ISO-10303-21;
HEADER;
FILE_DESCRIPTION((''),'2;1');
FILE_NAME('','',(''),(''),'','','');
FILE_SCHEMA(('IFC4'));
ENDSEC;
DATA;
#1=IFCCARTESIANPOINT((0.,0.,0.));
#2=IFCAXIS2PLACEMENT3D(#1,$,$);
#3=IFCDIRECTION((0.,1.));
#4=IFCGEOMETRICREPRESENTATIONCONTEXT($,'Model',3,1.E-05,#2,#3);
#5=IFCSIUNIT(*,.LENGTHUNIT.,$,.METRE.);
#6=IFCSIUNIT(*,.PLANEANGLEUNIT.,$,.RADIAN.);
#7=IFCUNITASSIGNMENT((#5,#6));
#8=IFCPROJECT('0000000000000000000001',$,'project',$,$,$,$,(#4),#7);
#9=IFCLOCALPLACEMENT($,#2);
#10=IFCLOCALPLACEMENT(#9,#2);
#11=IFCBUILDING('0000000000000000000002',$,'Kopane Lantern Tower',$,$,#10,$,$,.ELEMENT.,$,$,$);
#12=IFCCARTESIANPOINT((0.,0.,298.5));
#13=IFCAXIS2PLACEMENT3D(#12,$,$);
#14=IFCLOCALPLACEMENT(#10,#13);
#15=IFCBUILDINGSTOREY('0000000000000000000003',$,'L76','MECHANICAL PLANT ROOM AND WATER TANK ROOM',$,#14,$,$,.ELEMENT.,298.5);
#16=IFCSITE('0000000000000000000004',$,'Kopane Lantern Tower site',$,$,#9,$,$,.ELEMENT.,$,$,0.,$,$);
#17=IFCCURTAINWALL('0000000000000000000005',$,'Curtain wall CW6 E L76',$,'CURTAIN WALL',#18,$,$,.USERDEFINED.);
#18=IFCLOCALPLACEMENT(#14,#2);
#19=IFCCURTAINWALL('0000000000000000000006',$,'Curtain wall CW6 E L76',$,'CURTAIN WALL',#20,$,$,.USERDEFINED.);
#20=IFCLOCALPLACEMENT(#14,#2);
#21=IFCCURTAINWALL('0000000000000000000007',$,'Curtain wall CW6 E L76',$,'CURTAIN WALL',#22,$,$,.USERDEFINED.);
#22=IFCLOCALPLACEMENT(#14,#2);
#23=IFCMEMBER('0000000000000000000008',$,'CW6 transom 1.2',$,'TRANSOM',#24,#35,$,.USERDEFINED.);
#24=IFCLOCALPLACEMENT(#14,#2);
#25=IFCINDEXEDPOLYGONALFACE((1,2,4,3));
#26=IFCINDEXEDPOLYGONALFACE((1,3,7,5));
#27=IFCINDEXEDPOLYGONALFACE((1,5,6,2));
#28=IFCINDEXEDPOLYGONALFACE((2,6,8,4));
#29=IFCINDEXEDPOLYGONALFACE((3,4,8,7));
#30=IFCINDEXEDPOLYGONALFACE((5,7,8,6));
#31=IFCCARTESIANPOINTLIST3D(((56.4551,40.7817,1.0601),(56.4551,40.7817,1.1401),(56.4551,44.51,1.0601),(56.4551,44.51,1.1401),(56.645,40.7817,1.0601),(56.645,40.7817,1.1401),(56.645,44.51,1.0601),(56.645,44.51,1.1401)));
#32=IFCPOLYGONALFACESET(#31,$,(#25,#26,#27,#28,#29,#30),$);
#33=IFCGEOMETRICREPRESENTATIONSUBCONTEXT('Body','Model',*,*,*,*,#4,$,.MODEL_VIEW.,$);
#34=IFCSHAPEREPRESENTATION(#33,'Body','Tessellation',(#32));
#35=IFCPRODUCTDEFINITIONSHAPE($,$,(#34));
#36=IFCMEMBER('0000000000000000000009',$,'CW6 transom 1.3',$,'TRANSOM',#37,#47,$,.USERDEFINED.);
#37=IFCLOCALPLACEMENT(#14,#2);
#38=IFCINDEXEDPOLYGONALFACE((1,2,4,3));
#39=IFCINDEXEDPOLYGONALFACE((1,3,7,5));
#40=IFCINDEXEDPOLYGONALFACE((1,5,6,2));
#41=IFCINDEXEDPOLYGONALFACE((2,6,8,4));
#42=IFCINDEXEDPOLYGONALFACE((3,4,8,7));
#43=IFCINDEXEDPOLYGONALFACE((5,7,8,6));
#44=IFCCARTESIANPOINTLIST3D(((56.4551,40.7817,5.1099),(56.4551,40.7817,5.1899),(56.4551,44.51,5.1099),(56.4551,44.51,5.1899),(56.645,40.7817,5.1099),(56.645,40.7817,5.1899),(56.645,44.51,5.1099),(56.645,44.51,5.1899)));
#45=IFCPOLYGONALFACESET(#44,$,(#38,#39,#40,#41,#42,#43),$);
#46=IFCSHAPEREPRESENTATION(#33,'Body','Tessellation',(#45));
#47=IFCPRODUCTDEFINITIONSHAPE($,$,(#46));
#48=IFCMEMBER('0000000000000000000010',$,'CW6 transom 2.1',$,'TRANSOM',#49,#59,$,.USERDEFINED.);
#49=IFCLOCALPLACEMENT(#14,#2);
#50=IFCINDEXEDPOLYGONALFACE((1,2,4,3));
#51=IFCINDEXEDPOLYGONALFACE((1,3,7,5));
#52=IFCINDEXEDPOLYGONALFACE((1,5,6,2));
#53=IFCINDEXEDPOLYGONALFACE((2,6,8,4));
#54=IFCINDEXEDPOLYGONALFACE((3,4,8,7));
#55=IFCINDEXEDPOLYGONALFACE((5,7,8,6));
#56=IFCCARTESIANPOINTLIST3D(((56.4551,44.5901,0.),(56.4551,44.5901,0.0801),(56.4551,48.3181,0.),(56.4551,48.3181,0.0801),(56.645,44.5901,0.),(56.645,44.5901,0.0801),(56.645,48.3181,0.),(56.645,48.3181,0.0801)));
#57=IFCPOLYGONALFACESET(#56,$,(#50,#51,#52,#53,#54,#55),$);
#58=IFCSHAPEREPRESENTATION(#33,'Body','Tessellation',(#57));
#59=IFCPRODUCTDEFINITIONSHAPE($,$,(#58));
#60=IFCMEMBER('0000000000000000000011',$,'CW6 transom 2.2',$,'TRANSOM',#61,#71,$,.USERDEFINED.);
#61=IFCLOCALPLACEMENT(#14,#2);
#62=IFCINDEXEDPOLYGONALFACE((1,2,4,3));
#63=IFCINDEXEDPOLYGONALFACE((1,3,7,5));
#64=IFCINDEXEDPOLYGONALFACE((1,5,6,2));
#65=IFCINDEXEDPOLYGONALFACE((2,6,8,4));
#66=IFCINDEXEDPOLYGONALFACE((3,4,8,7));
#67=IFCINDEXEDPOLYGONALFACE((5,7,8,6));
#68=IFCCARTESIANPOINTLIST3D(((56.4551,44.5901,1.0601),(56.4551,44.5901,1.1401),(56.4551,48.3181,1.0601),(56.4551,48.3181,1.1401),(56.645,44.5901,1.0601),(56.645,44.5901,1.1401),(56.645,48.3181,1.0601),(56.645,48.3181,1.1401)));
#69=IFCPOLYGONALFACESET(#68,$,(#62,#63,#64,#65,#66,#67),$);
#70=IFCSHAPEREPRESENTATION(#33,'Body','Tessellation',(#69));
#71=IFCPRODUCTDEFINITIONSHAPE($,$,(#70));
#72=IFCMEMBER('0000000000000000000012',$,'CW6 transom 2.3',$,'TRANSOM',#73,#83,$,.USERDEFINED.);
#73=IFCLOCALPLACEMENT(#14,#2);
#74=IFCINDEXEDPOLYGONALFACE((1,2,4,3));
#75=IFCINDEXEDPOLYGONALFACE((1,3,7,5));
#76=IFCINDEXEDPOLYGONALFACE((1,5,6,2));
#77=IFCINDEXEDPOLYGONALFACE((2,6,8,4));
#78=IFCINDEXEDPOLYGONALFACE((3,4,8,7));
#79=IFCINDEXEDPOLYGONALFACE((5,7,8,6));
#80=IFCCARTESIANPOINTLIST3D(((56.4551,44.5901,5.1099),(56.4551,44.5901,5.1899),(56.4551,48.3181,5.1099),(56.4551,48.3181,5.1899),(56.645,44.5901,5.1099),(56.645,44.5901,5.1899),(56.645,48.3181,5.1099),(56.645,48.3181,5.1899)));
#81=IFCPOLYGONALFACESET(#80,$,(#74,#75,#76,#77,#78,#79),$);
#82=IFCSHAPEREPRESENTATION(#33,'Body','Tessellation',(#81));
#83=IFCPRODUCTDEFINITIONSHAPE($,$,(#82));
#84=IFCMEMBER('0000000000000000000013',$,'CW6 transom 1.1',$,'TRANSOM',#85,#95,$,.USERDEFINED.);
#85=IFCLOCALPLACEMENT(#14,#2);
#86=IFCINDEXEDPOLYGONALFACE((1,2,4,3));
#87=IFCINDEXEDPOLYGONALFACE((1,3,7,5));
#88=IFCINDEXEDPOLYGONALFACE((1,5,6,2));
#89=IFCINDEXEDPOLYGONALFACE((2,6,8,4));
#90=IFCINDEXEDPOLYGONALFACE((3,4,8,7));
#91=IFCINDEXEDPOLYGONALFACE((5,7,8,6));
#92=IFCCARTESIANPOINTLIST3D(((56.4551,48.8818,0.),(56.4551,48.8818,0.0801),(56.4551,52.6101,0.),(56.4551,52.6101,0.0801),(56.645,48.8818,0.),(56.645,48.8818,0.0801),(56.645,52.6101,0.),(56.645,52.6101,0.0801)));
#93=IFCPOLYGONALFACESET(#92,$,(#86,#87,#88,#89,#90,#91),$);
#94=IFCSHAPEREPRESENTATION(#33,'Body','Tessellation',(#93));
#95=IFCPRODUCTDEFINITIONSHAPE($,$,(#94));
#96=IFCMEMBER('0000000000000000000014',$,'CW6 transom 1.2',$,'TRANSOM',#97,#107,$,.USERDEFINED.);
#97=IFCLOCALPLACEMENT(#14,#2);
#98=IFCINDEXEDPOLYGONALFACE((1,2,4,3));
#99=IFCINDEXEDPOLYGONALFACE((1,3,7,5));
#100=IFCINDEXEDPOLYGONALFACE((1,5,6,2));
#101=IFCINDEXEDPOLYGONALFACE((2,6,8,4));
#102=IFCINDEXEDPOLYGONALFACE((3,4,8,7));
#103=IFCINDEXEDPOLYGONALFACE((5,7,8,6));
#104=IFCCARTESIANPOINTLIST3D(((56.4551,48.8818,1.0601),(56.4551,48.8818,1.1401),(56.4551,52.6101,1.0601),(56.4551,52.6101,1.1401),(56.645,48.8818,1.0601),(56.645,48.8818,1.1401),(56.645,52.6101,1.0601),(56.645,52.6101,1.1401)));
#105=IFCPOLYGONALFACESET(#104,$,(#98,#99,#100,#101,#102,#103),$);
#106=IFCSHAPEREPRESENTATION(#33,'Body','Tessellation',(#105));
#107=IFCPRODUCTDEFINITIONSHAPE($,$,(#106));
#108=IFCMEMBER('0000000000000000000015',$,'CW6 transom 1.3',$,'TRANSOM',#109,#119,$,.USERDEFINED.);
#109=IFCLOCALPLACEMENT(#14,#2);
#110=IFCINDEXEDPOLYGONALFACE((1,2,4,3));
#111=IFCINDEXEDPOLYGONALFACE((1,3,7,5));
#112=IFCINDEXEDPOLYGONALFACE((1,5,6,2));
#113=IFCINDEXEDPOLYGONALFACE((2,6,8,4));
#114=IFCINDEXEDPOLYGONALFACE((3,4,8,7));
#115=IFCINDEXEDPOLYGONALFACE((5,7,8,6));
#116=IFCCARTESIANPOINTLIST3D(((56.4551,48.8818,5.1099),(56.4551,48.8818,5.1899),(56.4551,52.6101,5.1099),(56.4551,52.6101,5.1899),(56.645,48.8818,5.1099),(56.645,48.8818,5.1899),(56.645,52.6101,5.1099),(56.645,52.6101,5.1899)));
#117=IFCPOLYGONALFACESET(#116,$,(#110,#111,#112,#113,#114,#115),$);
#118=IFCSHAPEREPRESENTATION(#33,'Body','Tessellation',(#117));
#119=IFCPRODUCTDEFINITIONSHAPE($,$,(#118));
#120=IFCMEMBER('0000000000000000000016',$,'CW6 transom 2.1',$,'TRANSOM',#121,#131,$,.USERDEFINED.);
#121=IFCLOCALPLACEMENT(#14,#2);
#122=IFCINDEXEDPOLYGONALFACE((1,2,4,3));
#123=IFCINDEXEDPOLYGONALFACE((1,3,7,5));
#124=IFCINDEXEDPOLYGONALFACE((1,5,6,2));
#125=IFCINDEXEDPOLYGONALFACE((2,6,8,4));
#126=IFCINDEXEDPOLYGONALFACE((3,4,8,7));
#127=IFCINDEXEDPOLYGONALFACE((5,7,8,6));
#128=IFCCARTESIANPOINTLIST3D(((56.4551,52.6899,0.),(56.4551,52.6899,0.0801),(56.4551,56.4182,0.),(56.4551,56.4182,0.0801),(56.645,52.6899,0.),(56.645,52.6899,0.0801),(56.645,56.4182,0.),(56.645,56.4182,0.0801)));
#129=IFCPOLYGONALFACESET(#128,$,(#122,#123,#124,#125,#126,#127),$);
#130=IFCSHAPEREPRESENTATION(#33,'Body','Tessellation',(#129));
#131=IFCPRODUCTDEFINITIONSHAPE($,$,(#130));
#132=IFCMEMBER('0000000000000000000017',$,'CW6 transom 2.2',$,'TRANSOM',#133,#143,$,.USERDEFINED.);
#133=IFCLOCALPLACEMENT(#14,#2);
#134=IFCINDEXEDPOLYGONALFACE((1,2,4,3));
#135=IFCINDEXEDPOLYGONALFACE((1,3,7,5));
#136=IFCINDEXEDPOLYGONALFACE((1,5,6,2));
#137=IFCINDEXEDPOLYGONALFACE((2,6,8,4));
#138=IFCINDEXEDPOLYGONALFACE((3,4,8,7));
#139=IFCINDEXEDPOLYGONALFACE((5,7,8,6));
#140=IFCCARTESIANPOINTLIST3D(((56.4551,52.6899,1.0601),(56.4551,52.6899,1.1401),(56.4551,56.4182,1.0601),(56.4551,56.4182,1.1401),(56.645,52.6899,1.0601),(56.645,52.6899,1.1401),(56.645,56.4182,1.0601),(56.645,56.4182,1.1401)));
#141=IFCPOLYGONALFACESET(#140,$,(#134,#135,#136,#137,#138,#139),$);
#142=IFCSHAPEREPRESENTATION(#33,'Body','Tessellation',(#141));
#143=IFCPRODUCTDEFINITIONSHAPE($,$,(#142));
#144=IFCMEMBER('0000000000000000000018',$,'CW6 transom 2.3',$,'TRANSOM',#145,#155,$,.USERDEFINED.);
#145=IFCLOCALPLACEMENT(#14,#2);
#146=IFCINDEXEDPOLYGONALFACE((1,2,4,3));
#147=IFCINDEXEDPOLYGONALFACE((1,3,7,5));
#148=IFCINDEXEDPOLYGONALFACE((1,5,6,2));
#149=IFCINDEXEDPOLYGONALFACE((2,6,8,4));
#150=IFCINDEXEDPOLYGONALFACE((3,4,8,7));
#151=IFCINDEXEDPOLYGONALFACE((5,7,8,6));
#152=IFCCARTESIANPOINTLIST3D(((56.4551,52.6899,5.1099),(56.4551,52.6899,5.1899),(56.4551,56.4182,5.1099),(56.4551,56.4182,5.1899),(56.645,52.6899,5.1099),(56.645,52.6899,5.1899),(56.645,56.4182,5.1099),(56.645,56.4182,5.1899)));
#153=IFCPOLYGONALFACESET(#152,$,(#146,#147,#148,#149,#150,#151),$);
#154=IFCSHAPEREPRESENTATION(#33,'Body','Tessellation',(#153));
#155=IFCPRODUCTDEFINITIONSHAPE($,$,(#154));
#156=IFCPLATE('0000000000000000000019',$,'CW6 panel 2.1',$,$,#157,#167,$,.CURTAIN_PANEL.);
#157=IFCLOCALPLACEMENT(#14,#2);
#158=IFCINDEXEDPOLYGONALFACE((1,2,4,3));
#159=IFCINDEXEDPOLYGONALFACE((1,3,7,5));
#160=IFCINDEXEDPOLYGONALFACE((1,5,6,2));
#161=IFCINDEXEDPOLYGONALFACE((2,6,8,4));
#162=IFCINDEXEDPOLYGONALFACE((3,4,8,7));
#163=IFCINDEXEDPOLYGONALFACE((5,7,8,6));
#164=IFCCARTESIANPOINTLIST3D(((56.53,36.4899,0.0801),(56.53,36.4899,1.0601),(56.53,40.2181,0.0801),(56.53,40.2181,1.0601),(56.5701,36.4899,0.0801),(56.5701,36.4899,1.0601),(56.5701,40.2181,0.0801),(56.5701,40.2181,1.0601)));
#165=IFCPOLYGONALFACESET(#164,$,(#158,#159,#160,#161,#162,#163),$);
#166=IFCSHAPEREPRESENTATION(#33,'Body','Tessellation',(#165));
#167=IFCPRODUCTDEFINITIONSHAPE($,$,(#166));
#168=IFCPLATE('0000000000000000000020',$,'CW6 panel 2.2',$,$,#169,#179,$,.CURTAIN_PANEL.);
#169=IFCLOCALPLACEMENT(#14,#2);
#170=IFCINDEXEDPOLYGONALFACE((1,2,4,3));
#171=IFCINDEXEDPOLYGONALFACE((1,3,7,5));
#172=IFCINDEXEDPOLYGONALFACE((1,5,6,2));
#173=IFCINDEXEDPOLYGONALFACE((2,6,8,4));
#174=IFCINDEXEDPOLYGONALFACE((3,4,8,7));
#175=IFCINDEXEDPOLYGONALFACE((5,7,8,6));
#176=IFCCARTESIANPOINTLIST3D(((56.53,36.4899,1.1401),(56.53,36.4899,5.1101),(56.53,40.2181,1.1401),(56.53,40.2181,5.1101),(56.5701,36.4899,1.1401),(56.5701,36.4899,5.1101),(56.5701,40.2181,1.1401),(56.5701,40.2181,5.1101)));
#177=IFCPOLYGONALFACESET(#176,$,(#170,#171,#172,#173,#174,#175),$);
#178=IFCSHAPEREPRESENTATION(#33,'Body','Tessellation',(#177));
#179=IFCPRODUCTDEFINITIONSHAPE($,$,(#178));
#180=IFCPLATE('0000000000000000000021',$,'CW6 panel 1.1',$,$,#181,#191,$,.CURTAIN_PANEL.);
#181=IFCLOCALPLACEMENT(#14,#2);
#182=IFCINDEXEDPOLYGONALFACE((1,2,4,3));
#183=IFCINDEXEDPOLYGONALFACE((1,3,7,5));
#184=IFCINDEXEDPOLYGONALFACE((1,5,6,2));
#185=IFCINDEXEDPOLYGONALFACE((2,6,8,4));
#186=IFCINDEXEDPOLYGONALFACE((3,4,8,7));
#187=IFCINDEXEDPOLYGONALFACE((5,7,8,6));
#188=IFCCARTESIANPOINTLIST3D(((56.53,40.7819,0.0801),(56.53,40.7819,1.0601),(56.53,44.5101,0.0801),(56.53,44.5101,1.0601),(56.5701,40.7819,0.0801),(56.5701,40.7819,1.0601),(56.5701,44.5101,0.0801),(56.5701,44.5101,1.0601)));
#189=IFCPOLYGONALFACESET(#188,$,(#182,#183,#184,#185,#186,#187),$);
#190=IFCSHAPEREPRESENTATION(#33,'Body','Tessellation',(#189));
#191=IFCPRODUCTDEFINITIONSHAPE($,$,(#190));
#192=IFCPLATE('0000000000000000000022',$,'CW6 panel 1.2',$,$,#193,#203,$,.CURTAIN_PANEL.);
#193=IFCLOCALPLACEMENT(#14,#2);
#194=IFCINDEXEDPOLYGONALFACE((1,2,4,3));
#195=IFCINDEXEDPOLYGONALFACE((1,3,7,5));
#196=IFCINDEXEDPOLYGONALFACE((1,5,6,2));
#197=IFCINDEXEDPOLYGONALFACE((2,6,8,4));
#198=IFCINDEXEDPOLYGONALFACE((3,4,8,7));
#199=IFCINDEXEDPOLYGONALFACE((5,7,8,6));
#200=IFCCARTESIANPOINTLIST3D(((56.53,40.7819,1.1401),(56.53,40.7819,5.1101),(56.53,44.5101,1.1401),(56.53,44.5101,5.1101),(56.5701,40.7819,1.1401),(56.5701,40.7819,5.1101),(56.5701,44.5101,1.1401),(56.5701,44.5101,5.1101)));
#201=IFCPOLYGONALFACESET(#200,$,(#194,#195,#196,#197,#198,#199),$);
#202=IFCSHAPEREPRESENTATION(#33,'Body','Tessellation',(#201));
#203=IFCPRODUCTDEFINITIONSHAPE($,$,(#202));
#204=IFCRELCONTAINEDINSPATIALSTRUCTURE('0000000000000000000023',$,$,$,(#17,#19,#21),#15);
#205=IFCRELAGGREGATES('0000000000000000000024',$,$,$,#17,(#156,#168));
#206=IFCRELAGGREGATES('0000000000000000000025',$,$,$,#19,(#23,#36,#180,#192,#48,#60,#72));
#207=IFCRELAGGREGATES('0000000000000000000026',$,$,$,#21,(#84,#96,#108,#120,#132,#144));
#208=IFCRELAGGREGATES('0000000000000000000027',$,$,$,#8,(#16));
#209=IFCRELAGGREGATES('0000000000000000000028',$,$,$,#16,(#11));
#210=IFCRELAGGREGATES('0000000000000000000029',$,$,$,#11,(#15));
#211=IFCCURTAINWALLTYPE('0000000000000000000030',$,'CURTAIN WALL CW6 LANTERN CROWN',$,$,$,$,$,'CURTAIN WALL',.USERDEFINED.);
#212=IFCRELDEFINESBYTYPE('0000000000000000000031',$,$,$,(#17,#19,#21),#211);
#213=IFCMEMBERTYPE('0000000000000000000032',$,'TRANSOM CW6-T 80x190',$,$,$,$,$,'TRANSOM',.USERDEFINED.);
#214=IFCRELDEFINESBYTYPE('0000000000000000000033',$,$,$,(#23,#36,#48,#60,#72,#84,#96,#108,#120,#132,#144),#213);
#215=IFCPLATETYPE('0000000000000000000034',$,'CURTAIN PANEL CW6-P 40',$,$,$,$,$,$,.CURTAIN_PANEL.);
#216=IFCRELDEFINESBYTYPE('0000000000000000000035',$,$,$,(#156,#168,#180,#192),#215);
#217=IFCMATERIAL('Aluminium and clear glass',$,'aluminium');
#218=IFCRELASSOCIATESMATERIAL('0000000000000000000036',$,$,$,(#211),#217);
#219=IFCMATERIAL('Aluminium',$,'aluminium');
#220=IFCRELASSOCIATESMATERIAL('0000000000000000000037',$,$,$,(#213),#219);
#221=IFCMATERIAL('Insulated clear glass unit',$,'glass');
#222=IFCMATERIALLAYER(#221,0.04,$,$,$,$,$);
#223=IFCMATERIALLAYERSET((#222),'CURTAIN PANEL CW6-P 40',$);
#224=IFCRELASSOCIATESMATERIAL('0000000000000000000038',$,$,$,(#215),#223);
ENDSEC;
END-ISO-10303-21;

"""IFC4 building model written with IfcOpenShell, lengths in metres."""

from ifc_helpers import new_model, si_unit, direction, frame, origin, origin_2d, place, context, subcontext, project, spatial, rectangle, extrude, material, layer, layer_set, material_profile, profile_set, type_object, element, aggregate, save


model = new_model("IFC4")

# Units and contexts
model_context = context("Model", 3, precision=1e-05, world=origin(), true_north=direction((0.0, 1.0)))
body_context = subcontext(model_context, "Body", "Model", "MODEL_VIEW")
ifc_project = project(units=[si_unit("LENGTHUNIT", "METRE"), si_unit("PLANEANGLEUNIT", "RADIAN")], contexts=[model_context])

# Site, building, storey
site_placement = place(None, origin())
site = spatial("IfcSite", under=ifc_project, at=site_placement, Name="Kopane Lantern Tower site", CompositionType="ELEMENT", RefElevation=0.0)
building_placement = place(site_placement, origin())
building = spatial("IfcBuilding", under=site, at=building_placement, Name="Kopane Lantern Tower", CompositionType="ELEMENT")
storey_placement = place(building_placement, frame((0.0, 0.0, 298.5)))
storey = spatial("IfcBuildingStorey", under=building, at=storey_placement, Name="L76", Description="MECHANICAL PLANT ROOM AND WATER TANK ROOM", CompositionType="ELEMENT", Elevation=298.5)

# Curtain wall
ifc_material_1 = material(Name="Aluminium and clear glass", Category="aluminium")
curtain_wall_type = type_object("IfcCurtainWallType", Name="CURTAIN WALL CW6 LANTERN CROWN", ElementType="CURTAIN WALL", PredefinedType="USERDEFINED", material=ifc_material_1)
curtain_wall_1_placement = place(storey_placement, origin())
curtain_wall_1 = element("IfcCurtainWall", 1, at=curtain_wall_1_placement, inside=storey, type_object=curtain_wall_type, Name="Curtain wall CW6 E L76", ObjectType="CURTAIN WALL", PredefinedType="USERDEFINED")

# Curtain walls
curtain_wall_2_placement = place(storey_placement, origin())
curtain_wall_2 = element("IfcCurtainWall", 2, at=curtain_wall_2_placement, inside=storey, type_object=curtain_wall_type, Name="Curtain wall CW6 E L76", ObjectType="CURTAIN WALL", PredefinedType="USERDEFINED")
curtain_wall_3_placement = place(storey_placement, origin())
curtain_wall_3 = element("IfcCurtainWall", 3, at=curtain_wall_3_placement, inside=storey, type_object=curtain_wall_type, Name="Curtain wall CW6 E L76", ObjectType="CURTAIN WALL", PredefinedType="USERDEFINED")

# Members
ifc_material_2 = material(Name="Aluminium", Category="aluminium")
ifc_material_profile_1 = material_profile(ifc_material_2, rectangle(XDim=0.1899, YDim=0.0801, at=origin_2d()), Name="AL 190x80")
ifc_profile_set_1 = profile_set([ifc_material_profile_1], Name="Aluminium")
member_type_1 = type_object("IfcMemberType", Name="TRANSOM CW6-T 80x190", ElementType="TRANSOM", PredefinedType="USERDEFINED", material=ifc_profile_set_1)
member_1_placement = place(storey_placement, frame((56.55, 40.7817, 1.1001), z_axis=(0.0, 1.0, 0.0), x_axis=(-1.0, 0.0, 0.0)))
member_1 = element("IfcMember", 4, at=member_1_placement, type_object=member_type_1, Name="CW6 transom 1.2", ObjectType="TRANSOM", PredefinedType="USERDEFINED", context=body_context, shape_type="SweptSolid", body=[
    extrude(rectangle(XDim=0.1899, YDim=0.0801, at=origin_2d()), origin(), (0.0, 0.0, 1.0), 3.7283),
])
member_2_placement = place(storey_placement, frame((56.55, 40.7817, 5.1499), z_axis=(0.0, 1.0, 0.0), x_axis=(-1.0, 0.0, 0.0)))
member_2 = element("IfcMember", 5, at=member_2_placement, type_object=member_type_1, Name="CW6 transom 1.3", ObjectType="TRANSOM", PredefinedType="USERDEFINED", context=body_context, shape_type="SweptSolid", body=[
    extrude(rectangle(XDim=0.1899, YDim=0.0801, at=origin_2d()), origin(), (0.0, 0.0, 1.0), 3.7283),
])
member_3_placement = place(storey_placement, frame((56.55, 44.5901, 0.04), z_axis=(0.0, 1.0, 0.0), x_axis=(-1.0, 0.0, 0.0)))
member_3 = element("IfcMember", 6, at=member_3_placement, type_object=member_type_1, Name="CW6 transom 2.1", ObjectType="TRANSOM", PredefinedType="USERDEFINED", context=body_context, shape_type="SweptSolid", body=[
    extrude(rectangle(XDim=0.1899, YDim=0.0801, at=origin_2d()), origin(), (0.0, 0.0, 1.0), 3.728),
])
member_4_placement = place(storey_placement, frame((56.55, 44.5901, 1.1001), z_axis=(0.0, 1.0, 0.0), x_axis=(-1.0, 0.0, 0.0)))
member_4 = element("IfcMember", 7, at=member_4_placement, type_object=member_type_1, Name="CW6 transom 2.2", ObjectType="TRANSOM", PredefinedType="USERDEFINED", context=body_context, shape_type="SweptSolid", body=[
    extrude(rectangle(XDim=0.1899, YDim=0.0801, at=origin_2d()), origin(), (0.0, 0.0, 1.0), 3.728),
])
member_5_placement = place(storey_placement, frame((56.55, 44.5901, 5.1499), z_axis=(0.0, 1.0, 0.0), x_axis=(-1.0, 0.0, 0.0)))
member_5 = element("IfcMember", 8, at=member_5_placement, type_object=member_type_1, Name="CW6 transom 2.3", ObjectType="TRANSOM", PredefinedType="USERDEFINED", context=body_context, shape_type="SweptSolid", body=[
    extrude(rectangle(XDim=0.1899, YDim=0.0801, at=origin_2d()), origin(), (0.0, 0.0, 1.0), 3.728),
])
member_6_placement = place(storey_placement, frame((56.55, 48.8818, 0.04), z_axis=(0.0, 1.0, 0.0), x_axis=(-1.0, 0.0, 0.0)))
member_6 = element("IfcMember", 9, at=member_6_placement, type_object=member_type_1, Name="CW6 transom 1.1", ObjectType="TRANSOM", PredefinedType="USERDEFINED", context=body_context, shape_type="SweptSolid", body=[
    extrude(rectangle(XDim=0.1899, YDim=0.0801, at=origin_2d()), origin(), (0.0, 0.0, 1.0), 3.7283),
])
member_7_placement = place(storey_placement, frame((56.55, 48.8818, 1.1001), z_axis=(0.0, 1.0, 0.0), x_axis=(-1.0, 0.0, 0.0)))
member_7 = element("IfcMember", 10, at=member_7_placement, type_object=member_type_1, Name="CW6 transom 1.2", ObjectType="TRANSOM", PredefinedType="USERDEFINED", context=body_context, shape_type="SweptSolid", body=[
    extrude(rectangle(XDim=0.1899, YDim=0.0801, at=origin_2d()), origin(), (0.0, 0.0, 1.0), 3.7283),
])
member_8_placement = place(storey_placement, frame((56.55, 48.8818, 5.1499), z_axis=(0.0, 1.0, 0.0), x_axis=(-1.0, 0.0, 0.0)))
member_8 = element("IfcMember", 11, at=member_8_placement, type_object=member_type_1, Name="CW6 transom 1.3", ObjectType="TRANSOM", PredefinedType="USERDEFINED", context=body_context, shape_type="SweptSolid", body=[
    extrude(rectangle(XDim=0.1899, YDim=0.0801, at=origin_2d()), origin(), (0.0, 0.0, 1.0), 3.7283),
])
member_9_placement = place(storey_placement, frame((56.55, 52.6899, 0.04), z_axis=(0.0, 1.0, 0.0), x_axis=(-1.0, 0.0, 0.0)))
member_9 = element("IfcMember", 12, at=member_9_placement, type_object=member_type_1, Name="CW6 transom 2.1", ObjectType="TRANSOM", PredefinedType="USERDEFINED", context=body_context, shape_type="SweptSolid", body=[
    extrude(rectangle(XDim=0.1899, YDim=0.0801, at=origin_2d()), origin(), (0.0, 0.0, 1.0), 3.7283),
])
member_10_placement = place(storey_placement, frame((56.55, 52.6899, 1.1001), z_axis=(0.0, 1.0, 0.0), x_axis=(-1.0, 0.0, 0.0)))
member_10 = element("IfcMember", 13, at=member_10_placement, type_object=member_type_1, Name="CW6 transom 2.2", ObjectType="TRANSOM", PredefinedType="USERDEFINED", context=body_context, shape_type="SweptSolid", body=[
    extrude(rectangle(XDim=0.1899, YDim=0.0801, at=origin_2d()), origin(), (0.0, 0.0, 1.0), 3.7283),
])
member_11_placement = place(storey_placement, frame((56.55, 52.6899, 5.1499), z_axis=(0.0, 1.0, 0.0), x_axis=(-1.0, 0.0, 0.0)))
member_11 = element("IfcMember", 14, at=member_11_placement, type_object=member_type_1, Name="CW6 transom 2.3", ObjectType="TRANSOM", PredefinedType="USERDEFINED", context=body_context, shape_type="SweptSolid", body=[
    extrude(rectangle(XDim=0.1899, YDim=0.0801, at=origin_2d()), origin(), (0.0, 0.0, 1.0), 3.7283),
])

# Plates
ifc_material_3 = material(Name="Insulated clear glass unit", Category="glass")
ifc_layer_1 = layer(ifc_material_3, 0.04)
ifc_layer_set_1 = layer_set([ifc_layer_1], Name="CURTAIN PANEL CW6-P 40")
plate_type = type_object("IfcPlateType", Name="CURTAIN PANEL CW6-P 40", PredefinedType="CURTAIN_PANEL", material=ifc_layer_set_1)
plate_1_placement = place(storey_placement, frame((56.55, 38.354, 0.0801), z_axis=(0.0, 0.0, 1.0), x_axis=(0.0, 1.0, 0.0)))
plate_1 = element("IfcPlate", 15, at=plate_1_placement, type_object=plate_type, Name="CW6 panel 2.1", PredefinedType="CURTAIN_PANEL", context=body_context, shape_type="SweptSolid", body=[
    extrude(rectangle(XDim=3.7283, YDim=0.04, at=origin_2d()), origin(), (0.0, 0.0, 1.0), 0.98),
])
plate_2_placement = place(storey_placement, frame((56.55, 38.354, 1.1401), z_axis=(0.0, 0.0, 1.0), x_axis=(0.0, 1.0, 0.0)))
plate_2 = element("IfcPlate", 16, at=plate_2_placement, type_object=plate_type, Name="CW6 panel 2.2", PredefinedType="CURTAIN_PANEL", context=body_context, shape_type="SweptSolid", body=[
    extrude(rectangle(XDim=3.7283, YDim=0.04, at=origin_2d()), origin(), (0.0, 0.0, 1.0), 3.97),
])
aggregate(curtain_wall_1, [plate_1, plate_2])
plate_3_placement = place(storey_placement, frame((56.55, 42.646, 0.0801), z_axis=(0.0, 0.0, 1.0), x_axis=(0.0, 1.0, 0.0)))
plate_3 = element("IfcPlate", 17, at=plate_3_placement, type_object=plate_type, Name="CW6 panel 1.1", PredefinedType="CURTAIN_PANEL", context=body_context, shape_type="SweptSolid", body=[
    extrude(rectangle(XDim=3.7283, YDim=0.04, at=origin_2d()), origin(), (0.0, 0.0, 1.0), 0.98),
])
plate_4_placement = place(storey_placement, frame((56.55, 42.646, 1.1401), z_axis=(0.0, 0.0, 1.0), x_axis=(0.0, 1.0, 0.0)))
plate_4 = element("IfcPlate", 18, at=plate_4_placement, type_object=plate_type, Name="CW6 panel 1.2", PredefinedType="CURTAIN_PANEL", context=body_context, shape_type="SweptSolid", body=[
    extrude(rectangle(XDim=3.7283, YDim=0.04, at=origin_2d()), origin(), (0.0, 0.0, 1.0), 3.97),
])
aggregate(curtain_wall_2, [member_1, member_2, plate_3, plate_4, member_3, member_4, member_5])
aggregate(curtain_wall_3, [member_6, member_7, member_8, member_9, member_10, member_11])

save(model, "model.ifc")
